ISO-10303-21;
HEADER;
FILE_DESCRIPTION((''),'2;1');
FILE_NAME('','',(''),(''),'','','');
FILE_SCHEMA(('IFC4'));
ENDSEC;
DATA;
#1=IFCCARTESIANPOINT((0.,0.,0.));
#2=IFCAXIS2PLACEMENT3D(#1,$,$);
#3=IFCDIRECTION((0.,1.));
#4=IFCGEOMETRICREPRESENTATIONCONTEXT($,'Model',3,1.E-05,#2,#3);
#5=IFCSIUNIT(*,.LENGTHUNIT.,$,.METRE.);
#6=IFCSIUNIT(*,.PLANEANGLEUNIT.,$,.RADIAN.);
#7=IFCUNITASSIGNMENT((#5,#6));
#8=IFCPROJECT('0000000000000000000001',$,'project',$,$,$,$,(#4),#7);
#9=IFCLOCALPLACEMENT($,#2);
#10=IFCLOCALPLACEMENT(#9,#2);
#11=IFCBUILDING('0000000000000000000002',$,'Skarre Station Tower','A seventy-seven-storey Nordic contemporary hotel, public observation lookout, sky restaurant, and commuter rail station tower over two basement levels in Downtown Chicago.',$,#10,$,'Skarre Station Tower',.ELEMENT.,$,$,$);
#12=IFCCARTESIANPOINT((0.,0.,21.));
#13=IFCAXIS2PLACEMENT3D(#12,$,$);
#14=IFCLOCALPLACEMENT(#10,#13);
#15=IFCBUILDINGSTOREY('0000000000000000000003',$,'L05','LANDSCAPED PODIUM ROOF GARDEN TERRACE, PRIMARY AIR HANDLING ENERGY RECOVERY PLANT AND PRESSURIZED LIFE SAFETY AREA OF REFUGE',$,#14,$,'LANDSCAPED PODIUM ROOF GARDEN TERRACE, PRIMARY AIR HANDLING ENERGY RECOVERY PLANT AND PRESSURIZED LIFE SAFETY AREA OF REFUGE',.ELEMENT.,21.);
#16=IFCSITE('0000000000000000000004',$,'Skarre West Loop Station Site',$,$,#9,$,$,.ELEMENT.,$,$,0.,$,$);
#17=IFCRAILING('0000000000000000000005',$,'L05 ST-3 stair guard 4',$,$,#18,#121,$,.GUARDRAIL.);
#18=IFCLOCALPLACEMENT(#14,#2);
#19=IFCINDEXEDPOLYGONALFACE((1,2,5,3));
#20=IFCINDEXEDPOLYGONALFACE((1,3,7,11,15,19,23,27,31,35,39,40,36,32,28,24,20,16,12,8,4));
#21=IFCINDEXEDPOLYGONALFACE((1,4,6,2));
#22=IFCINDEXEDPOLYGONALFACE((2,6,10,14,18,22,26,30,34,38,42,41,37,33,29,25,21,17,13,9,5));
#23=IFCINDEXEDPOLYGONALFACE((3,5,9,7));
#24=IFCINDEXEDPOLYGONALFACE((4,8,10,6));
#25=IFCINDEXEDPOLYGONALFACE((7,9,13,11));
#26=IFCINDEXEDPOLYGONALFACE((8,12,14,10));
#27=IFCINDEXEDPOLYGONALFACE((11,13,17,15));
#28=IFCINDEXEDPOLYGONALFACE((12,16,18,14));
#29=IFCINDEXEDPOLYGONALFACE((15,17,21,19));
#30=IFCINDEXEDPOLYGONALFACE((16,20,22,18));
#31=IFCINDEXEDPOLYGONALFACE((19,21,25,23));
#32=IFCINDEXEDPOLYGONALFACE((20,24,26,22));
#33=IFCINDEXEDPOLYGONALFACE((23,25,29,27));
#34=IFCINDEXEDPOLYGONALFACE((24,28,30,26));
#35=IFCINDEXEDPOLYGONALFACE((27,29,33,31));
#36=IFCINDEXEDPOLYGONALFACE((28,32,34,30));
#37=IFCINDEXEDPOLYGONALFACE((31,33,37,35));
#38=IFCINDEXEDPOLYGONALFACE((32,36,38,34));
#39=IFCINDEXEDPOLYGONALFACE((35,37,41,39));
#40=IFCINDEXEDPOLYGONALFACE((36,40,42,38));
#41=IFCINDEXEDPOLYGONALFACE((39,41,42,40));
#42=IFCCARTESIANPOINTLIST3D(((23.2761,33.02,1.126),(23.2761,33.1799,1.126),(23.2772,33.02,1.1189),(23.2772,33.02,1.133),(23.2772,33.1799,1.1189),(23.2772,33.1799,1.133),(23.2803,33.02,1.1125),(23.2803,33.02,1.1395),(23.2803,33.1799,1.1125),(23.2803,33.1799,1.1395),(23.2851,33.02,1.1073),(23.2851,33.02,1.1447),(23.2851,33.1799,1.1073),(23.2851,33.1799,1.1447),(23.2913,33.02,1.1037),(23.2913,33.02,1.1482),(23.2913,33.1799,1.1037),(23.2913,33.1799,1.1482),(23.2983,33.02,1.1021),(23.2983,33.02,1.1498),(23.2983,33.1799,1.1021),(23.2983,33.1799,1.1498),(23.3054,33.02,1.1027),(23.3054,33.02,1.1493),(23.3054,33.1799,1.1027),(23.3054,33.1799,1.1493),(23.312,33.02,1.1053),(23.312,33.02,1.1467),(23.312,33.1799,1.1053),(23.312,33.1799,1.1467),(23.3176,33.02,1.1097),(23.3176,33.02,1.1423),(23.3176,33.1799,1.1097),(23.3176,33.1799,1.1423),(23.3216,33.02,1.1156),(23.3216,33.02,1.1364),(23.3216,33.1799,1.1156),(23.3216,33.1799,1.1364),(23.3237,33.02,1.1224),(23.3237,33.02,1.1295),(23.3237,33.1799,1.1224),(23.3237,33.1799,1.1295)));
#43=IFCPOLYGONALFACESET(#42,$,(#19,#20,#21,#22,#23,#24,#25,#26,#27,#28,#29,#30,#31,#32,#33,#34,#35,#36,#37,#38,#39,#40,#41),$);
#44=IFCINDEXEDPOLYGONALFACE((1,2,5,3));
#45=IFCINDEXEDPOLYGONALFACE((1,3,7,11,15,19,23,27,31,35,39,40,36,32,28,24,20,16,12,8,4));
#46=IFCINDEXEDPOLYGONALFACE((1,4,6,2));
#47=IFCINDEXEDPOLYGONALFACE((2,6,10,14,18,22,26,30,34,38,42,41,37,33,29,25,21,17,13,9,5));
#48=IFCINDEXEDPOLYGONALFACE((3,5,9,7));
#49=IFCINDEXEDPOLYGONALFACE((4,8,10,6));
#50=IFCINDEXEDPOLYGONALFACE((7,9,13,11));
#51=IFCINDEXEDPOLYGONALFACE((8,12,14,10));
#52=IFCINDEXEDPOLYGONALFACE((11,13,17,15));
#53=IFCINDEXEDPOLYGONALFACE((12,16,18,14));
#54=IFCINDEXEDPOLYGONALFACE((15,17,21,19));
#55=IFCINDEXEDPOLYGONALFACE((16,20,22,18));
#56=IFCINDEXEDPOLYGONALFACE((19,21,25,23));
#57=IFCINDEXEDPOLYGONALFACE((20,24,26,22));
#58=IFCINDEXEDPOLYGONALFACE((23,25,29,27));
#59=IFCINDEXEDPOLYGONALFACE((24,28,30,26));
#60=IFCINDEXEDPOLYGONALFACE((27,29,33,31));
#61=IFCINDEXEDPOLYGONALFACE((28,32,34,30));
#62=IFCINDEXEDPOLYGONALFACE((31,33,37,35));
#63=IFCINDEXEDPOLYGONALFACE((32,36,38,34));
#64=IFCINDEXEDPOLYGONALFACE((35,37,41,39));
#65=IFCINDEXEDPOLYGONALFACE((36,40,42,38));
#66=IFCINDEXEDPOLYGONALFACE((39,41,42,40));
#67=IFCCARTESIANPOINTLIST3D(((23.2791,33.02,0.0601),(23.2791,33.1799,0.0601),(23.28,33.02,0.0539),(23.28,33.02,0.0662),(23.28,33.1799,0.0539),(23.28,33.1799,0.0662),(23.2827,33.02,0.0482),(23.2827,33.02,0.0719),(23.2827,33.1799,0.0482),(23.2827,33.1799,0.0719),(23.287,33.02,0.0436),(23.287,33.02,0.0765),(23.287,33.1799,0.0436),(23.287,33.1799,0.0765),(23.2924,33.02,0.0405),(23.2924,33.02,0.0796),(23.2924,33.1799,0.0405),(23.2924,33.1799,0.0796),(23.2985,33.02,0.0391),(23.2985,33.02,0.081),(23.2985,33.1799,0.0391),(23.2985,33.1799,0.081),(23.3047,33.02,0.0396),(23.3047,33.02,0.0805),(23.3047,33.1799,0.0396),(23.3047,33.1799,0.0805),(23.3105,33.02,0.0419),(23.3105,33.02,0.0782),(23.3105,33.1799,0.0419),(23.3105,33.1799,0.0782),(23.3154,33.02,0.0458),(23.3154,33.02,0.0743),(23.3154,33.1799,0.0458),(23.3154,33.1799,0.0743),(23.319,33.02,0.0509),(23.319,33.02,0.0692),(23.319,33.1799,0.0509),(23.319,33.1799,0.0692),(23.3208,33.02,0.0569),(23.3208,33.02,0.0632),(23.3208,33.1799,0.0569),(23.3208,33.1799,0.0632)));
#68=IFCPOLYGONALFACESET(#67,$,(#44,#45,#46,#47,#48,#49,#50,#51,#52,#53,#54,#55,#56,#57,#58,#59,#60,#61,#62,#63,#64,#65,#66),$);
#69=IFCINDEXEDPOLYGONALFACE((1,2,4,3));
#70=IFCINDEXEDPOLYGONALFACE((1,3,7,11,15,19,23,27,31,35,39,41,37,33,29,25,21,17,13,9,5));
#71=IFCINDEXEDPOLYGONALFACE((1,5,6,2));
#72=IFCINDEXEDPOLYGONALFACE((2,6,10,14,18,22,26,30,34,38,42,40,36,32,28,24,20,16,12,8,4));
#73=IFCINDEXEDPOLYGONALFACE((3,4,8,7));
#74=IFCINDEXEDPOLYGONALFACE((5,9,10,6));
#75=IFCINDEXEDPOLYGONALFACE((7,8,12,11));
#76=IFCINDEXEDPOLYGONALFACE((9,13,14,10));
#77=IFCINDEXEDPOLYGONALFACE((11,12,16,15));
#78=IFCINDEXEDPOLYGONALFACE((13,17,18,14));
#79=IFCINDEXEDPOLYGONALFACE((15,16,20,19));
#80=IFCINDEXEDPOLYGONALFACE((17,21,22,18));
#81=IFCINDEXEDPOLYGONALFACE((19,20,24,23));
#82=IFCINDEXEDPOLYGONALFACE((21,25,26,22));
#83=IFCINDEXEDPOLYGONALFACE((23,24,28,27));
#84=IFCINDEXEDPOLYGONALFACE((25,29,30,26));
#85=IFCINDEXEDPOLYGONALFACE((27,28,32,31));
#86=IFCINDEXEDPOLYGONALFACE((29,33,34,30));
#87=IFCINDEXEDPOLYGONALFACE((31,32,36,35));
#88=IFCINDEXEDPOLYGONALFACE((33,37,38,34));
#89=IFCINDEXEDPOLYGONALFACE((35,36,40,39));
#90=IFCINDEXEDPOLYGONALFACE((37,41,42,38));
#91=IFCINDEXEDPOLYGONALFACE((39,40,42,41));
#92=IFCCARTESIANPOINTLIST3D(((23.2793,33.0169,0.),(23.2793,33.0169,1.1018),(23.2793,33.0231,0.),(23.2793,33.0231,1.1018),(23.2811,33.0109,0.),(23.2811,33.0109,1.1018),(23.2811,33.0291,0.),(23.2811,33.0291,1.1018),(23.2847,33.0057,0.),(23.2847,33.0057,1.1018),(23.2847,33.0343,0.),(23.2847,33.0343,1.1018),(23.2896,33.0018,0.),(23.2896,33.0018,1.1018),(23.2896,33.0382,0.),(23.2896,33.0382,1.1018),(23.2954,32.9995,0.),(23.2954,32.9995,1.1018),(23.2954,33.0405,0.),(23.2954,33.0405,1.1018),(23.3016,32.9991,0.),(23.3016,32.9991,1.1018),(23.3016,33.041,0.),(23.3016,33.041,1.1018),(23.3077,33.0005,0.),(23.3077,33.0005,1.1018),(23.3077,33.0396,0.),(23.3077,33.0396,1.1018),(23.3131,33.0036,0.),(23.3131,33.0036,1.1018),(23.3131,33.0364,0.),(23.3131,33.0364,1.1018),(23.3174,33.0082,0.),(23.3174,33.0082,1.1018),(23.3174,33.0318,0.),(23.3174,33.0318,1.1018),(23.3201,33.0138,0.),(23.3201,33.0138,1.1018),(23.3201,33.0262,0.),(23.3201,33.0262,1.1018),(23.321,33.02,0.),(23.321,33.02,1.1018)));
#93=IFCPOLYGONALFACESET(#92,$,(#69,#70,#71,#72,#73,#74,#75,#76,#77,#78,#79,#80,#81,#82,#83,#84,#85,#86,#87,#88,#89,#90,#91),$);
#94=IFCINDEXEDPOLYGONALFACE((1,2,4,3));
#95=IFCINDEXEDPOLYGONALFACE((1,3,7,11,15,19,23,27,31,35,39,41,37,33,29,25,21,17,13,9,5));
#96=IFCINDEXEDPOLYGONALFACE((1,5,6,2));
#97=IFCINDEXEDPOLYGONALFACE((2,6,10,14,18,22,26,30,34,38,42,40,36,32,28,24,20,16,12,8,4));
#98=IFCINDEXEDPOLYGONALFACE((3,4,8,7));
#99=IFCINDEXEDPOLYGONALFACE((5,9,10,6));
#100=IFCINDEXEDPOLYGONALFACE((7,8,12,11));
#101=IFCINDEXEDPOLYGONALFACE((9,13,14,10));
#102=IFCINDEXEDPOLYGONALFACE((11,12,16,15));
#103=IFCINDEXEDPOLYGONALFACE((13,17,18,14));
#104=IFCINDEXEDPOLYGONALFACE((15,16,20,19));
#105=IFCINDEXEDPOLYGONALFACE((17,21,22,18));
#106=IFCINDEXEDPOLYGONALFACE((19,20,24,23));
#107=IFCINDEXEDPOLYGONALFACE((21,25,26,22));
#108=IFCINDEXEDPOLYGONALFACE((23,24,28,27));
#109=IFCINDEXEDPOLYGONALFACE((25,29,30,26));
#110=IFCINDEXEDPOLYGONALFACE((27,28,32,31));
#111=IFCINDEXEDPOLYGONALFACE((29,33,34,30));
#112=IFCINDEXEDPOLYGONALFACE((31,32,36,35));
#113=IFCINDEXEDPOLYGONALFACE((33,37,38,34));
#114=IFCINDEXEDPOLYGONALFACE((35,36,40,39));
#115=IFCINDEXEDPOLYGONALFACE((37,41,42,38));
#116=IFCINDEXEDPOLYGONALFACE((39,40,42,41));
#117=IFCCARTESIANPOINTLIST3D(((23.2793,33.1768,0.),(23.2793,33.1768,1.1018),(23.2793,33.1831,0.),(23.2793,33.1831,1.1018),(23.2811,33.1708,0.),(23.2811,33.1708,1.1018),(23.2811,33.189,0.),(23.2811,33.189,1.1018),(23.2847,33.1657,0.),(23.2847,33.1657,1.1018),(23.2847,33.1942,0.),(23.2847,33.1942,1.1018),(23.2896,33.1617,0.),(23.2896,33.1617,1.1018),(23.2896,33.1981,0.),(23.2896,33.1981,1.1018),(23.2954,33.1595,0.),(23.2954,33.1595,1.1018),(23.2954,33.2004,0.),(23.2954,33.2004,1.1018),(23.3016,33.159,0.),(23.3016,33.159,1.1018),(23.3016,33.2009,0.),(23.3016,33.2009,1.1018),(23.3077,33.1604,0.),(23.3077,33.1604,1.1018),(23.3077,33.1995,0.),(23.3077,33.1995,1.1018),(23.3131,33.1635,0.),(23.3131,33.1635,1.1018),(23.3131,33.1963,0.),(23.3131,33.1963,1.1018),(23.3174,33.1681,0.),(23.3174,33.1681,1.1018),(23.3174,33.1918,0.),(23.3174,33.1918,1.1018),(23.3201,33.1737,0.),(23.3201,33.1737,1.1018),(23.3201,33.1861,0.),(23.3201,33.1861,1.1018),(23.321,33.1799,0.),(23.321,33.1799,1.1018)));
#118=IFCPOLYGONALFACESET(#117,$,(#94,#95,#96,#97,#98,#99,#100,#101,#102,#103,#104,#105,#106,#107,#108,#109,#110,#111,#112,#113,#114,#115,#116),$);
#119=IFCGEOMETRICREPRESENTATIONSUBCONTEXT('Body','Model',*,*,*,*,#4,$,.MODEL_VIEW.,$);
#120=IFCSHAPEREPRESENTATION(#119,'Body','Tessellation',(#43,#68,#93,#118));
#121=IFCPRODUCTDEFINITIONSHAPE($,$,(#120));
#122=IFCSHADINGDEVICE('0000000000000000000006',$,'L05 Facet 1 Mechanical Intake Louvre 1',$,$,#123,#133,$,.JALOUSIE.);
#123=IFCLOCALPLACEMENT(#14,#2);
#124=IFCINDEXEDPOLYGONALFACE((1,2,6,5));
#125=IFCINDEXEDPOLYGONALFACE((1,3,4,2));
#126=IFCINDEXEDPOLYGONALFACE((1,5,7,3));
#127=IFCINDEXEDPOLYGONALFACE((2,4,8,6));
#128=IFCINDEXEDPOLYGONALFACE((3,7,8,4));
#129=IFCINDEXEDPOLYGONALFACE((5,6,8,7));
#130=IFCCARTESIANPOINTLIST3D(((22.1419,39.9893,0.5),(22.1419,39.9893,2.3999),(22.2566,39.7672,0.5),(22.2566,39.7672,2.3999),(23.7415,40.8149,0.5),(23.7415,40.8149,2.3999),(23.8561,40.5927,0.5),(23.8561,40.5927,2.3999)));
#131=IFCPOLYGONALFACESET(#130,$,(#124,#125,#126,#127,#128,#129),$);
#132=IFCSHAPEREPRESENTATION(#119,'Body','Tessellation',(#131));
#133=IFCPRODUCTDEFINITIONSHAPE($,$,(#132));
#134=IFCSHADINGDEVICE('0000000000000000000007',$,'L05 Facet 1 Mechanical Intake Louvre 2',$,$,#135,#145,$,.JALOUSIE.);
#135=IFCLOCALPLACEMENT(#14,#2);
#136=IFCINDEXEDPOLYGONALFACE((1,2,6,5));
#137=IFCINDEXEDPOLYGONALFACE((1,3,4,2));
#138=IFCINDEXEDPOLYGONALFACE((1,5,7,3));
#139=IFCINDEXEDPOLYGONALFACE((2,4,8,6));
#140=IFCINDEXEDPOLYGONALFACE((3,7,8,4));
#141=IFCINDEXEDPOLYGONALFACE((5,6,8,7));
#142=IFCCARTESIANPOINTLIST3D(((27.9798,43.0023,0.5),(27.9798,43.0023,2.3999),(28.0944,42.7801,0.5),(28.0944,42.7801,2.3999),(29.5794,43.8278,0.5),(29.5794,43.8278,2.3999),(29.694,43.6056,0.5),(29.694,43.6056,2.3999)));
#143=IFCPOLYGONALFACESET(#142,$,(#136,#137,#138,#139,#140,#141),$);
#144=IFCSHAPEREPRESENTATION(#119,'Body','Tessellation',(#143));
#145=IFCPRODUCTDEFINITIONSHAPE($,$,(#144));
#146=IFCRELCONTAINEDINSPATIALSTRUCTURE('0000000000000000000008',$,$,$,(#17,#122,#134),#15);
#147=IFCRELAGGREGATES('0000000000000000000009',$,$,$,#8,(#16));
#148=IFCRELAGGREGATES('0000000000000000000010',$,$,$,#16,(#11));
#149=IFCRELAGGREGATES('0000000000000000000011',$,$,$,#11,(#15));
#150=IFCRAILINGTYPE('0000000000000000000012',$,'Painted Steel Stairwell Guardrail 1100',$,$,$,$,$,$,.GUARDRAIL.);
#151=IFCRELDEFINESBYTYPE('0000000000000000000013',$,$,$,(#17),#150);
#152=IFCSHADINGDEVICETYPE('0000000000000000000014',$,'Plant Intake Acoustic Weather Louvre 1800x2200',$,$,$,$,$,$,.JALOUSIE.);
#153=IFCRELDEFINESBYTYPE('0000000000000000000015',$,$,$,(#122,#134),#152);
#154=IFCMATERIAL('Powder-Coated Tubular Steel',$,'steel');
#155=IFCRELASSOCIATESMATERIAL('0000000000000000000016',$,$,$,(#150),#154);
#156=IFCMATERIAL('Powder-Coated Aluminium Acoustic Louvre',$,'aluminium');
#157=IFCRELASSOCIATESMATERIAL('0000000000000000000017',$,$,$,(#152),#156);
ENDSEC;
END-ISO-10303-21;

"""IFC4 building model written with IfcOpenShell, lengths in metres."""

from ifc_helpers import new_model, si_unit, direction, frame, origin, origin_2d, place, context, subcontext, project, spatial, rectangle, circle, extrude, material, type_object, element, save


model = new_model("IFC4")

# Units and contexts
model_context = context("Model", 3, precision=1e-05, world=origin(), true_north=direction((0.0, 1.0)))
body_context = subcontext(model_context, "Body", "Model", "MODEL_VIEW")
ifc_project = project(units=[si_unit("LENGTHUNIT", "METRE"), si_unit("PLANEANGLEUNIT", "RADIAN")], contexts=[model_context])

# Site, building, storey
site_placement = place(None, origin())
site = spatial("IfcSite", under=ifc_project, at=site_placement, Name="Skarre West Loop Station Site", CompositionType="ELEMENT", RefElevation=0.0)
building_placement = place(site_placement, origin())
building = spatial("IfcBuilding", under=site, at=building_placement, Name="Skarre Station Tower", Description="A seventy-seven-storey Nordic contemporary hotel, public observation lookout, sky restaurant, and commuter rail station tower over two basement levels in Downtown Chicago.", LongName="Skarre Station Tower", CompositionType="ELEMENT")
storey_placement = place(building_placement, frame((0.0, 0.0, 21.0)))
storey = spatial("IfcBuildingStorey", under=building, at=storey_placement, Name="L05", Description="LANDSCAPED PODIUM ROOF GARDEN TERRACE, PRIMARY AIR HANDLING ENERGY RECOVERY PLANT AND PRESSURIZED LIFE SAFETY AREA OF REFUGE", LongName="LANDSCAPED PODIUM ROOF GARDEN TERRACE, PRIMARY AIR HANDLING ENERGY RECOVERY PLANT AND PRESSURIZED LIFE SAFETY AREA OF REFUGE", CompositionType="ELEMENT", Elevation=21.0)

# Railing
ifc_material_1 = material(Name="Powder-Coated Tubular Steel", Category="steel")
railing_type_1 = type_object("IfcRailingType", Name="Painted Steel Stairwell Guardrail 1100", PredefinedType="GUARDRAIL", material=ifc_material_1)
railing_1_placement = place(storey_placement, frame((23.3, 33.02, 0.0)))
element("IfcRailing", 1, at=railing_1_placement, inside=storey, type_object=railing_type_1, Name="L05 ST-3 stair guard 4", PredefinedType="GUARDRAIL", context=body_context, shape_type="SweptSolid", body=[
    extrude(circle(Radius=0.0239, at=origin_2d()), frame((0.0, 0.0, 1.126), z_axis=(0.0, 1.0, 0.0), x_axis=(-1.0, 0.0, 0.0)), (0.0, 0.0, 1.0), 0.1599),
    extrude(circle(Radius=0.021, at=origin_2d()), frame((0.0, 0.0, 0.0601), z_axis=(0.0, 1.0, 0.0), x_axis=(-1.0, 0.0, 0.0)), (0.0, 0.0, 1.0), 0.1599),
    extrude(circle(Radius=0.021, at=origin_2d()), origin(), (0.0, 0.0, 1.0), 1.1018),
    extrude(circle(Radius=0.021, at=origin_2d()), frame((0.0, 0.1599, 0.0)), (0.0, 0.0, 1.0), 1.1018),
])

# Shading devices
ifc_material_2 = material(Name="Powder-Coated Aluminium Acoustic Louvre", Category="aluminium")
shading_device_type = type_object("IfcShadingDeviceType", Name="Plant Intake Acoustic Weather Louvre 1800x2200", PredefinedType="JALOUSIE", material=ifc_material_2)
for number, where, z_axis, x_axis, name in (
    (2, (22.999, 40.291, 0.5), (0.0, 0.0, 1.0), (-0.458619, 0.888633, 0.0), "L05 Facet 1 Mechanical Intake Louvre 1"),
    (3, (28.8369, 43.304, 0.5), (0.0, 0.0, 1.0), (-0.458619, 0.888633, 0.0), "L05 Facet 1 Mechanical Intake Louvre 2"),
):
    element("IfcShadingDevice", number, at=place(storey_placement, frame(where, z_axis=z_axis, x_axis=x_axis)), inside=storey, type_object=shading_device_type, Name=name, PredefinedType="JALOUSIE", context=body_context, shape_type="SweptSolid", body=[
        extrude(rectangle(XDim=0.25, YDim=1.8, at=origin_2d()), origin(), (0.0, 0.0, 1.0), 1.8999),
    ])

save(model, "model.ifc")
